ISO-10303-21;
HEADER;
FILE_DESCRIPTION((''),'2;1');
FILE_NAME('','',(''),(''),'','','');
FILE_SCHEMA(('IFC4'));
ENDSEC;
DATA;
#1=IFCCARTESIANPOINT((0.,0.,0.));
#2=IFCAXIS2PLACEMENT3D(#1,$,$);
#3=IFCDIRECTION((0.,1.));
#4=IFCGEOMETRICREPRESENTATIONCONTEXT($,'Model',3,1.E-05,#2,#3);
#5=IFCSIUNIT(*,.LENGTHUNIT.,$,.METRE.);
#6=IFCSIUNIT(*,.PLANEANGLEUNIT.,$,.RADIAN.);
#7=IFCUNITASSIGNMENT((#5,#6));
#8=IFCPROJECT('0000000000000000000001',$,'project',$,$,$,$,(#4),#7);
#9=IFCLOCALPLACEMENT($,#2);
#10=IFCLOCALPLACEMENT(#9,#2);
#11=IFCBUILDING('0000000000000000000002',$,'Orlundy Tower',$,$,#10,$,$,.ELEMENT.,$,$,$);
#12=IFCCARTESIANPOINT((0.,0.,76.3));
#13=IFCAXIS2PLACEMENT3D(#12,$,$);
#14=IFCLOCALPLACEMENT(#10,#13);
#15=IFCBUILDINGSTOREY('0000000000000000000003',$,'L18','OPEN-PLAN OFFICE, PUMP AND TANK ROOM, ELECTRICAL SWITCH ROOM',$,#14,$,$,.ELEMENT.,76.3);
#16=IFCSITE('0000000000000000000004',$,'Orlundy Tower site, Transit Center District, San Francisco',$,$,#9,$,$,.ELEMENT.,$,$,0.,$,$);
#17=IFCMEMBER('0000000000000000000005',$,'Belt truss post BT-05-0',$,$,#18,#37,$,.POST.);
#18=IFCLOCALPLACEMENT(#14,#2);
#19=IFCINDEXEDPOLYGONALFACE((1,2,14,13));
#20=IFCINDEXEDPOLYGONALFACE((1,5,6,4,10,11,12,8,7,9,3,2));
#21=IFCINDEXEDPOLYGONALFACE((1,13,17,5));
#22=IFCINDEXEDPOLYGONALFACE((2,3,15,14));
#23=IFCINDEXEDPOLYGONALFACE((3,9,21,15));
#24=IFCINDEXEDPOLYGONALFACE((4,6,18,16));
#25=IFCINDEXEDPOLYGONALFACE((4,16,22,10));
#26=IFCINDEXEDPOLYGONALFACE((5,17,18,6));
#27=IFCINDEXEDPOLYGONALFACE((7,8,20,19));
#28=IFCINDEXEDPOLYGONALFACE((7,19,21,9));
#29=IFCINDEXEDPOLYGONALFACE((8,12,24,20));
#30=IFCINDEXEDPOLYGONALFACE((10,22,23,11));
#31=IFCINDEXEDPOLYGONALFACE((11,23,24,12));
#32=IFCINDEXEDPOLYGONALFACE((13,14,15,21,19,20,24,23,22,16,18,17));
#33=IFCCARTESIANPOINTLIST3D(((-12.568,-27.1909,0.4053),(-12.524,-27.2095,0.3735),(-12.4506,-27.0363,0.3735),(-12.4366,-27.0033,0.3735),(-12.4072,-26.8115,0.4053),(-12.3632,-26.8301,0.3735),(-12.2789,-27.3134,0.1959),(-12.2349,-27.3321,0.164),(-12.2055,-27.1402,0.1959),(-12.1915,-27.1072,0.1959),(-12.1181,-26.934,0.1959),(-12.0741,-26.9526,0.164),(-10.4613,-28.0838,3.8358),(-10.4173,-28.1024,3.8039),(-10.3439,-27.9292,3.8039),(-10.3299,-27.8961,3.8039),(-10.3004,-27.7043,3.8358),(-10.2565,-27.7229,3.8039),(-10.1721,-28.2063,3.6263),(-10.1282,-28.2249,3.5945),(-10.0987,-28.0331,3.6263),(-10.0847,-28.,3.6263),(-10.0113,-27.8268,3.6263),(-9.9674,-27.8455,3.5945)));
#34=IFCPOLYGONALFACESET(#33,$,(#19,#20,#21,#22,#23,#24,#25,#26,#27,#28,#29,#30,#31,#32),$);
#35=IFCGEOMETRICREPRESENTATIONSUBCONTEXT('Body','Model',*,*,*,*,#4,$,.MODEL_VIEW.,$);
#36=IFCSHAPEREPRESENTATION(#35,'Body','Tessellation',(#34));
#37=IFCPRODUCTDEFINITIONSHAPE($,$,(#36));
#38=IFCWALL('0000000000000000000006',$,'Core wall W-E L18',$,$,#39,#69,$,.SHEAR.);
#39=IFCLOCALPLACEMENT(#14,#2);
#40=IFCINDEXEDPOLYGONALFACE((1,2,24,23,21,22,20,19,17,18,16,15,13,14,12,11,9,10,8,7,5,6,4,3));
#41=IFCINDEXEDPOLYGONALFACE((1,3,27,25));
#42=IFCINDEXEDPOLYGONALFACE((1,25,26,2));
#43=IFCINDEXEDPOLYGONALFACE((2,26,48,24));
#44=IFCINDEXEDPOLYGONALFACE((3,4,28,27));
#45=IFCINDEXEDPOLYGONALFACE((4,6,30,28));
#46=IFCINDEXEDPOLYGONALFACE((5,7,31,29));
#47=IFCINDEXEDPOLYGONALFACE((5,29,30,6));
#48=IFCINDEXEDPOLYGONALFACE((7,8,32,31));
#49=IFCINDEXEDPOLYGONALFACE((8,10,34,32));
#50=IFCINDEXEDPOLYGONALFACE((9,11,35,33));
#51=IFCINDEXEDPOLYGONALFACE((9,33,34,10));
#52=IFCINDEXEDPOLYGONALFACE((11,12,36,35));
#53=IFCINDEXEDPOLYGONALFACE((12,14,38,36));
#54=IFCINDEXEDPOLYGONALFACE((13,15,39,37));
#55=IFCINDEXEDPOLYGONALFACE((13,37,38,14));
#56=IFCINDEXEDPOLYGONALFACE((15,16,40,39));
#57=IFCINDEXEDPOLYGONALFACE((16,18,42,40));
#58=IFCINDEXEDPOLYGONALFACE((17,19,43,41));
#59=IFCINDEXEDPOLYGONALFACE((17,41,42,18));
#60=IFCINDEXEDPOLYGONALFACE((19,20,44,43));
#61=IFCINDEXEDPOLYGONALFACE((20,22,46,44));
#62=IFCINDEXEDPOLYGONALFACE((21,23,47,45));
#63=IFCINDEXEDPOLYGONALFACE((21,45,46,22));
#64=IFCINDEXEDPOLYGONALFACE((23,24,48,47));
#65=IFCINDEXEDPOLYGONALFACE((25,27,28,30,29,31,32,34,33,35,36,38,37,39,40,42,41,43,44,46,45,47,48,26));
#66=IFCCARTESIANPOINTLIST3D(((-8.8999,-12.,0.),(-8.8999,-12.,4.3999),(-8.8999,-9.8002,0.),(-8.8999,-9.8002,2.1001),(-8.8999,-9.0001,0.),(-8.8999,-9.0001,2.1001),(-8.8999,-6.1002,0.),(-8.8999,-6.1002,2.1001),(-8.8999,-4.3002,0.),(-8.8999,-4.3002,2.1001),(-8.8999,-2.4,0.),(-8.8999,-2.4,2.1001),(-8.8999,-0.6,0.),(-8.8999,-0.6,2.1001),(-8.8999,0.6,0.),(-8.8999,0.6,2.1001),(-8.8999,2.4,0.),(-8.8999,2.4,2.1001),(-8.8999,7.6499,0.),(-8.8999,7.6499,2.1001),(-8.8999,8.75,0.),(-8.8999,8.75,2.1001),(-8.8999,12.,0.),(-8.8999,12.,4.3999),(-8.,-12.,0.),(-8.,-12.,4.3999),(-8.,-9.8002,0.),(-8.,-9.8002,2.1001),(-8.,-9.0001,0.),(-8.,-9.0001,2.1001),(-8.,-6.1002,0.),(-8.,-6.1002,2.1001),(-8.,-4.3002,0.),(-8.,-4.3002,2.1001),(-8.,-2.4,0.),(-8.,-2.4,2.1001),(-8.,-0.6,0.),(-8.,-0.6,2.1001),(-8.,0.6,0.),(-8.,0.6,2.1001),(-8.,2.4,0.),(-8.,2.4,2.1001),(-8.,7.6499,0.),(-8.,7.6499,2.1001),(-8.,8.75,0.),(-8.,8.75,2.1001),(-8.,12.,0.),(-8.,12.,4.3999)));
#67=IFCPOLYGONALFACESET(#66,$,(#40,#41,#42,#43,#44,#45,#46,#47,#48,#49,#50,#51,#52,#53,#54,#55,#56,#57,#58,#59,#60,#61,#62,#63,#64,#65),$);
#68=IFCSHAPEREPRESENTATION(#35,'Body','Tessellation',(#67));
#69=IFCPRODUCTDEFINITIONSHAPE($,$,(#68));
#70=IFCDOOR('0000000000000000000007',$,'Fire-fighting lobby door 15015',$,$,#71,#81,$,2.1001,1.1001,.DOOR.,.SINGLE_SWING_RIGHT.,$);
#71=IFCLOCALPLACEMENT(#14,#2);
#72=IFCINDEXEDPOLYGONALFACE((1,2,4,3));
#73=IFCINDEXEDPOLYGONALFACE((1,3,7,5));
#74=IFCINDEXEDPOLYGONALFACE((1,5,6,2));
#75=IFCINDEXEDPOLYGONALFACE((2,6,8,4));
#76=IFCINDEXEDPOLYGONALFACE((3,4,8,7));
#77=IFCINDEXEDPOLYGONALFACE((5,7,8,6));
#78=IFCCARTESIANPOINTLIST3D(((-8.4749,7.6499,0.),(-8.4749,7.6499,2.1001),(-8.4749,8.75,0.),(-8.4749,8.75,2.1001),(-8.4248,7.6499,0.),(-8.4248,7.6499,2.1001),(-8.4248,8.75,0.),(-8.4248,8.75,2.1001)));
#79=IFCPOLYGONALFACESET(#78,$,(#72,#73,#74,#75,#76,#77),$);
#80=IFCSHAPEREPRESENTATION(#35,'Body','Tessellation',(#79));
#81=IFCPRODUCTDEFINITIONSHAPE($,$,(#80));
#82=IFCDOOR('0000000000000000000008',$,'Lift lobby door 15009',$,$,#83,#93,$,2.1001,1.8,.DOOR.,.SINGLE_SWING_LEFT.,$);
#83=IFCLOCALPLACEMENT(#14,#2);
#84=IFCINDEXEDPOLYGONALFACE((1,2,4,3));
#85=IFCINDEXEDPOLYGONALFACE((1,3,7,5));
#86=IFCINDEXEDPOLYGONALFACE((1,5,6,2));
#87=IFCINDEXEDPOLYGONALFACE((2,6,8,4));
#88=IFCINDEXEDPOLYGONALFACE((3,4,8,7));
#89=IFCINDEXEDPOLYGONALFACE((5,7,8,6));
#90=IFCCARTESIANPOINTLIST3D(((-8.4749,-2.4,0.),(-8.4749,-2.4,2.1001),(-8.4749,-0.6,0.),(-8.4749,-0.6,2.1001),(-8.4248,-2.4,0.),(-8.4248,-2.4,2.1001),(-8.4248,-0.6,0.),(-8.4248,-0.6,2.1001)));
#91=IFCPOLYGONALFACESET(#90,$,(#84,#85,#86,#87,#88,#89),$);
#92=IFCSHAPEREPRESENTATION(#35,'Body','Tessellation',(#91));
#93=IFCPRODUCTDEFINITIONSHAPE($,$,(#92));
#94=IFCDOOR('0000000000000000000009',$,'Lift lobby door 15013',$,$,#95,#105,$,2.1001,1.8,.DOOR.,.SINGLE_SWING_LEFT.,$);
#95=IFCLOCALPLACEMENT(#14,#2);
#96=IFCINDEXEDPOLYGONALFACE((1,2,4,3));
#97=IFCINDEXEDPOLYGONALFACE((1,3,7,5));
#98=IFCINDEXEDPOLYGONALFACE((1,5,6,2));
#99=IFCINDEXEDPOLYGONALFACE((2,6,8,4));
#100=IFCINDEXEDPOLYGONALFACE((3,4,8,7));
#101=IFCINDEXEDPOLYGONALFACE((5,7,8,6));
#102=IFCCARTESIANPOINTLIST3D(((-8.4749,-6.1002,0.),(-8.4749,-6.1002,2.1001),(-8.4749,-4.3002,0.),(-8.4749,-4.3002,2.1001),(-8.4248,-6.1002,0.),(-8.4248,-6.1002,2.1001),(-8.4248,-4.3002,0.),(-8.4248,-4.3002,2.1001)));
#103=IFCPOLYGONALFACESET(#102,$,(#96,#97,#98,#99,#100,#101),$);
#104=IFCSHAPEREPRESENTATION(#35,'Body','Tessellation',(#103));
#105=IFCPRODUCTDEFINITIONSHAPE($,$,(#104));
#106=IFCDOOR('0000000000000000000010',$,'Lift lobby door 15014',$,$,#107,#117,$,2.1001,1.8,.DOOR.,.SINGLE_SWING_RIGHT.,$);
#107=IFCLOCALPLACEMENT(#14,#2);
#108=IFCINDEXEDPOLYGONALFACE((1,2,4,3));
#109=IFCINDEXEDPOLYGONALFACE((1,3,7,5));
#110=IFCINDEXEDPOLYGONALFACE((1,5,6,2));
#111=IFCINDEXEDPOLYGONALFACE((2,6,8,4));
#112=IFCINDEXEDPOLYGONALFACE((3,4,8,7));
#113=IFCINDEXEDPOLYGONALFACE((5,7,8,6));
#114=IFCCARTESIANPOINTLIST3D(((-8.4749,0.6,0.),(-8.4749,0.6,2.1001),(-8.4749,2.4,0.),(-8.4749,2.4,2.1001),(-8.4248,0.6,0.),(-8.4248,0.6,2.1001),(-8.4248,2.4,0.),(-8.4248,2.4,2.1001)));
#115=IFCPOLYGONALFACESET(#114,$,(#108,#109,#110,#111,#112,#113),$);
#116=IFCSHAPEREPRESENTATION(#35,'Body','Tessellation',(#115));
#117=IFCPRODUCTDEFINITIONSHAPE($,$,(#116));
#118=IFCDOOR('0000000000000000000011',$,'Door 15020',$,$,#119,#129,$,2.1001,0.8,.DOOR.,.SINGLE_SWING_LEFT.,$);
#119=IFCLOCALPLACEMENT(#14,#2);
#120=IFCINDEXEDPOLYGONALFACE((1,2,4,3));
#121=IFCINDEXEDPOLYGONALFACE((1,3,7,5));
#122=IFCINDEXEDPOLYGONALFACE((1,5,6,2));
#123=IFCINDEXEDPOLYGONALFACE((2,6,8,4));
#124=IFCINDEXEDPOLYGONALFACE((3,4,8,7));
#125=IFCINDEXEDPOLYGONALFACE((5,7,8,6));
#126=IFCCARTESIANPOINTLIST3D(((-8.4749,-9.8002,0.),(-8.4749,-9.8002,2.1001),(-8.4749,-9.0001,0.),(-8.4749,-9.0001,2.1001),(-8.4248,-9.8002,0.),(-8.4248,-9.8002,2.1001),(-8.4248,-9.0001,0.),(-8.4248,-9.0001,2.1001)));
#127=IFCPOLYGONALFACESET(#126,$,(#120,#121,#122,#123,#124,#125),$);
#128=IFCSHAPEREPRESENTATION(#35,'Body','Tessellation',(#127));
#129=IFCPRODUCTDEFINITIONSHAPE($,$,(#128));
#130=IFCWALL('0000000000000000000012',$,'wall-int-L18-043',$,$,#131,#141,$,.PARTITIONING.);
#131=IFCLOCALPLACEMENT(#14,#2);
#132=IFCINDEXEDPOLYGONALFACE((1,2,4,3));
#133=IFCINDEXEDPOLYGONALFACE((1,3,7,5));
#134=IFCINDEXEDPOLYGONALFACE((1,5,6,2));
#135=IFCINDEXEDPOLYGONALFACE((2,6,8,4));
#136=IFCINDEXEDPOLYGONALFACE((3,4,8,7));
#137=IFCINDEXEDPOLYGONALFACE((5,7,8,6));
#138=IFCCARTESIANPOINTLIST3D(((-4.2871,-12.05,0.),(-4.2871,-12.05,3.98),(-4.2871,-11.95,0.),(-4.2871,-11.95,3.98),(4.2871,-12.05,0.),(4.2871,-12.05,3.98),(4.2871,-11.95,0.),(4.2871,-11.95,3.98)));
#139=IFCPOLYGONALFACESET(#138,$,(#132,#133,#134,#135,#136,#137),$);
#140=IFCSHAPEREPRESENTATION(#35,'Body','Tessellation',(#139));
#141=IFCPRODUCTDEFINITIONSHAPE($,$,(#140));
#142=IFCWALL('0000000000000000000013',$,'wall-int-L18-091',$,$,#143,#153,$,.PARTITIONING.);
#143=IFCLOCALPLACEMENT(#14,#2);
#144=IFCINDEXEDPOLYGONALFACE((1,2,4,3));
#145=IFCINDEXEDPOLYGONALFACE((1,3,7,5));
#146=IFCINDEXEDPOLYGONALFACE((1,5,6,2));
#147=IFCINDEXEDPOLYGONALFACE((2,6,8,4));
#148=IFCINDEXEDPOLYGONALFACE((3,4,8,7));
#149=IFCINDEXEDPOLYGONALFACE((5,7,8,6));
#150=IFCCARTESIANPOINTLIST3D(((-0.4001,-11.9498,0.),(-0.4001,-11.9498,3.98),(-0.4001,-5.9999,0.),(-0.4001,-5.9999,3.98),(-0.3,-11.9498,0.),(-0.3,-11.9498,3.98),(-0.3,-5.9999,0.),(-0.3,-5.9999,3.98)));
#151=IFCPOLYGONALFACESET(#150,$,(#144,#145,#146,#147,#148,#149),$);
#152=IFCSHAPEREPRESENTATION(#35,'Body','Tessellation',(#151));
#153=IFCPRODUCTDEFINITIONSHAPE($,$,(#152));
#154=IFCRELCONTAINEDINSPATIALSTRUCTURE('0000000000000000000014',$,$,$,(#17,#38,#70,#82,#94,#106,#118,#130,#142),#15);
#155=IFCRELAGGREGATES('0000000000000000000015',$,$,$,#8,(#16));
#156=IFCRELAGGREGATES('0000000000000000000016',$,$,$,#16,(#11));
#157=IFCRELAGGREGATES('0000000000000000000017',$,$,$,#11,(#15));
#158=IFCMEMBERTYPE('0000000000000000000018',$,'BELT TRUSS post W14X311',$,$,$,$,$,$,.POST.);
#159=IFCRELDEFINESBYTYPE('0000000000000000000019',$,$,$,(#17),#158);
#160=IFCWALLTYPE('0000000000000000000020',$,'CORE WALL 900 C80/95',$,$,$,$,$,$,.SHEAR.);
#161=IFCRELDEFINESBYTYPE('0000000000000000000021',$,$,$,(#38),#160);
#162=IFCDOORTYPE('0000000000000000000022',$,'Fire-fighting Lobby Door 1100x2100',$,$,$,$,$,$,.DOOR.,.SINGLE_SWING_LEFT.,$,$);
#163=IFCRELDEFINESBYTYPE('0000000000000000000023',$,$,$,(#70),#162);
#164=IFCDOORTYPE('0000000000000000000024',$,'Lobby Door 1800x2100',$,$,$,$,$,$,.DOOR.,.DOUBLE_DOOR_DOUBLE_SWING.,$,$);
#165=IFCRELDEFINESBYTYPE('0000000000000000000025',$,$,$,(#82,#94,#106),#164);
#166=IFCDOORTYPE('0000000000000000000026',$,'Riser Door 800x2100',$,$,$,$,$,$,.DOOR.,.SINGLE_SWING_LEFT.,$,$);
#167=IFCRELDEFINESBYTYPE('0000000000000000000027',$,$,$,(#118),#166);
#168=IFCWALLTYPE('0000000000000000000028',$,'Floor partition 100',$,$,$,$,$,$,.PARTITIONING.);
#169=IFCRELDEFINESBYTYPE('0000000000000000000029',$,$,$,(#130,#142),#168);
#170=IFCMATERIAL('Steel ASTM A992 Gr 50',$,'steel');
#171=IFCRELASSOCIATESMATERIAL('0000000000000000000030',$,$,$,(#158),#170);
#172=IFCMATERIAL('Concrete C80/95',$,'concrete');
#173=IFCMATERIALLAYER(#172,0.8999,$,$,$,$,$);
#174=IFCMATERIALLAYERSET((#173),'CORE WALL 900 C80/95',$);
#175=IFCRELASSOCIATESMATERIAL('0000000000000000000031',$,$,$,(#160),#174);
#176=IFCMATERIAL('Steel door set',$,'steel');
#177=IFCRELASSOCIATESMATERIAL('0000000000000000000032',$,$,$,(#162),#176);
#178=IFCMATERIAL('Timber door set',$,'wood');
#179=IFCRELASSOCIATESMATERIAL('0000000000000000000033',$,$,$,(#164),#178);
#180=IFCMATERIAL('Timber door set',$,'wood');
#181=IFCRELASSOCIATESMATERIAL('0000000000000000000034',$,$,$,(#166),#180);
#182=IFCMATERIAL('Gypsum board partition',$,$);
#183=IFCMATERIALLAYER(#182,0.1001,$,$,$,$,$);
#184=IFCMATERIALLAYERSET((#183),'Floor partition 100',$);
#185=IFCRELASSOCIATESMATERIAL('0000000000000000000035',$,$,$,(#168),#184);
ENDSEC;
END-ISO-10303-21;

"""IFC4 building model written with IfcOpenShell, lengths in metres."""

from ifc_helpers import new_model, si_unit, direction, frame, frame_2d, origin, origin_2d, place, context, subcontext, project, spatial, rectangle, i_section, extrude, material, layer, layer_set, material_profile, profile_set, type_object, element, fill, save


model = new_model("IFC4")

# Units and contexts
model_context = context("Model", 3, precision=1e-05, world=origin(), true_north=direction((0.0, 1.0)))
body_context = subcontext(model_context, "Body", "Model", "MODEL_VIEW")
ifc_project = project(units=[si_unit("LENGTHUNIT", "METRE"), si_unit("PLANEANGLEUNIT", "RADIAN")], contexts=[model_context])

# Site, building, storey
site_placement = place(None, origin())
site = spatial("IfcSite", under=ifc_project, at=site_placement, Name="Orlundy Tower site, Transit Center District, San Francisco", CompositionType="ELEMENT", RefElevation=0.0)
building_placement = place(site_placement, origin())
building = spatial("IfcBuilding", under=site, at=building_placement, Name="Orlundy Tower", CompositionType="ELEMENT")
storey_placement = place(building_placement, frame((0.0, 0.0, 76.3)))
storey = spatial("IfcBuildingStorey", under=building, at=storey_placement, Name="L18", Description="OPEN-PLAN OFFICE, PUMP AND TANK ROOM, ELECTRICAL SWITCH ROOM", CompositionType="ELEMENT", Elevation=76.3)

# Member
ifc_material_1 = material(Name="Steel ASTM A992 Gr 50", Category="steel")
ifc_material_profile_1 = material_profile(ifc_material_1, i_section(OverallWidth=0.4121, OverallDepth=0.4348, WebThickness=0.0359, FlangeThickness=0.0574, at=origin_2d()), Name="W14X311")
ifc_profile_set_1 = profile_set([ifc_material_profile_1], Name="Steel ASTM A992 Gr 50")
member_type_1 = type_object("IfcMemberType", Name="BELT TRUSS post W14X311", PredefinedType="POST", material=ifc_profile_set_1)
member_1_placement = place(storey_placement, frame((-12.321, -27.0718, 0.2847), z_axis=(0.510901, -0.216522, 0.831924), x_axis=(0.390207, 0.920727, 0.0)))
element("IfcMember", 1, at=member_1_placement, inside=storey, type_object=member_type_1, Name="Belt truss post BT-05-0", PredefinedType="POST", context=body_context, shape_type="SweptSolid", body=[
    extrude(i_section(OverallWidth=0.4121, OverallDepth=0.4348, WebThickness=0.0359, FlangeThickness=0.0574, at=origin_2d()), origin(), (0.0, 0.0, 1.0), 4.1235),
])

# Wall, openings, doors
ifc_material_2 = material(Name="Concrete C80/95", Category="concrete")
ifc_layer_1 = layer(ifc_material_2, 0.8999)
ifc_layer_set_1 = layer_set([ifc_layer_1], Name="CORE WALL 900 C80/95")
wall_type_1 = type_object("IfcWallType", Name="CORE WALL 900 C80/95", PredefinedType="SHEAR", material=ifc_layer_set_1)
wall_1_placement = place(storey_placement, frame((-8.45, -12.0, 0.0), z_axis=(0.0, 0.0, 1.0), x_axis=(0.0, 1.0, 0.0)))
wall_1 = element("IfcWall", 2, at=wall_1_placement, inside=storey, type_object=wall_type_1, Name="Core wall W-E L18", PredefinedType="SHEAR", context=body_context, shape_type="SweptSolid", body=[
    extrude(rectangle(XDim=24.0, YDim=0.8999, at=frame_2d((12.0, 0.0))), origin(), (0.0, 0.0, 1.0), 4.3999),
])
opening_1_placement = place(wall_1_placement, frame((9.6001, 0.0, 0.0)))
opening_1 = element("IfcOpeningElement", 3, at=opening_1_placement, cuts=wall_1, PredefinedType="OPENING", context=body_context, shape_type="SweptSolid", body=[
    extrude(rectangle(XDim=1.8, YDim=2.1001, at=frame_2d((0.8999, 1.05))), frame((0.0, 0.46, 0.0), z_axis=(0.0, -1.0, 0.0), x_axis=(1.0, 0.0, 0.0)), (0.0, 0.0, 1.0), 0.9199),
])
opening_2_placement = place(wall_1_placement, frame((5.8999, 0.0, 0.0)))
opening_2 = element("IfcOpeningElement", 4, at=opening_2_placement, cuts=wall_1, PredefinedType="OPENING", context=body_context, shape_type="SweptSolid", body=[
    extrude(rectangle(XDim=1.8, YDim=2.1001, at=frame_2d((0.8999, 1.05))), frame((0.0, 0.46, 0.0), z_axis=(0.0, -1.0, 0.0), x_axis=(1.0, 0.0, 0.0)), (0.0, 0.0, 1.0), 0.9199),
])
opening_3_placement = place(wall_1_placement, frame((12.6001, 0.0, 0.0)))
opening_3 = element("IfcOpeningElement", 5, at=opening_3_placement, cuts=wall_1, PredefinedType="OPENING", context=body_context, shape_type="SweptSolid", body=[
    extrude(rectangle(XDim=1.8, YDim=2.1001, at=frame_2d((0.8999, 1.05))), frame((0.0, 0.46, 0.0), z_axis=(0.0, -1.0, 0.0), x_axis=(1.0, 0.0, 0.0)), (0.0, 0.0, 1.0), 0.9199),
])
opening_4_placement = place(wall_1_placement, frame((19.6499, 0.0, 0.0)))
opening_4 = element("IfcOpeningElement", 6, at=opening_4_placement, cuts=wall_1, PredefinedType="OPENING", context=body_context, shape_type="SweptSolid", body=[
    extrude(rectangle(XDim=1.1001, YDim=2.1001, at=frame_2d((0.55, 1.05))), frame((0.0, 0.46, 0.0), z_axis=(0.0, -1.0, 0.0), x_axis=(1.0, 0.0, 0.0)), (0.0, 0.0, 1.0), 0.9199),
])
opening_5_placement = place(wall_1_placement, frame((2.2, 0.0, 0.0)))
opening_5 = element("IfcOpeningElement", 7, at=opening_5_placement, cuts=wall_1, PredefinedType="OPENING", context=body_context, shape_type="SweptSolid", body=[
    extrude(rectangle(XDim=0.8, YDim=2.1001, at=frame_2d((0.3999, 1.05))), frame((0.0, 0.46, 0.0), z_axis=(0.0, -1.0, 0.0), x_axis=(1.0, 0.0, 0.0)), (0.0, 0.0, 1.0), 0.9199),
])
ifc_material_3 = material(Name="Steel door set", Category="steel")
door_type_1 = type_object("IfcDoorType", Name="Fire-fighting Lobby Door 1100x2100", OperationType="SINGLE_SWING_LEFT", PredefinedType="DOOR", material=ifc_material_3)
door_1_placement = place(opening_4_placement, origin())
door_1 = element("IfcDoor", 8, at=door_1_placement, inside=storey, type_object=door_type_1, Name="Fire-fighting lobby door 15015", OperationType="SINGLE_SWING_RIGHT", OverallHeight=2.1001, OverallWidth=1.1001, PredefinedType="DOOR", context=body_context, shape_type="SweptSolid", body=[
    extrude(rectangle(XDim=1.1001, YDim=2.1001, at=frame_2d((0.55, 1.05))), frame((0.0, 0.0249, 0.0), z_axis=(0.0, -1.0, 0.0), x_axis=(1.0, 0.0, 0.0)), (0.0, 0.0, 1.0), 0.05),
])
fill(opening_4, door_1)
ifc_material_4 = material(Name="Timber door set", Category="wood")
door_type_2 = type_object("IfcDoorType", Name="Lobby Door 1800x2100", OperationType="DOUBLE_DOOR_DOUBLE_SWING", PredefinedType="DOOR", material=ifc_material_4)
door_2_placement = place(opening_1_placement, origin())
door_2 = element("IfcDoor", 9, at=door_2_placement, inside=storey, type_object=door_type_2, Name="Lift lobby door 15009", OperationType="SINGLE_SWING_LEFT", OverallHeight=2.1001, OverallWidth=1.8, PredefinedType="DOOR", context=body_context, shape_type="SweptSolid", body=[
    extrude(rectangle(XDim=1.8, YDim=2.1001, at=frame_2d((0.8999, 1.05))), frame((0.0, 0.0249, 0.0), z_axis=(0.0, -1.0, 0.0), x_axis=(1.0, 0.0, 0.0)), (0.0, 0.0, 1.0), 0.05),
])
fill(opening_1, door_2)
door_3_placement = place(opening_2_placement, origin())
door_3 = element("IfcDoor", 10, at=door_3_placement, inside=storey, type_object=door_type_2, Name="Lift lobby door 15013", OperationType="SINGLE_SWING_LEFT", OverallHeight=2.1001, OverallWidth=1.8, PredefinedType="DOOR", context=body_context, shape_type="SweptSolid", body=[
    extrude(rectangle(XDim=1.8, YDim=2.1001, at=frame_2d((0.8999, 1.05))), frame((0.0, 0.0249, 0.0), z_axis=(0.0, -1.0, 0.0), x_axis=(1.0, 0.0, 0.0)), (0.0, 0.0, 1.0), 0.05),
])
fill(opening_2, door_3)
door_4_placement = place(opening_3_placement, origin())
door_4 = element("IfcDoor", 11, at=door_4_placement, inside=storey, type_object=door_type_2, Name="Lift lobby door 15014", OperationType="SINGLE_SWING_RIGHT", OverallHeight=2.1001, OverallWidth=1.8, PredefinedType="DOOR", context=body_context, shape_type="SweptSolid", body=[
    extrude(rectangle(XDim=1.8, YDim=2.1001, at=frame_2d((0.8999, 1.05))), frame((0.0, 0.0249, 0.0), z_axis=(0.0, -1.0, 0.0), x_axis=(1.0, 0.0, 0.0)), (0.0, 0.0, 1.0), 0.05),
])
fill(opening_3, door_4)
ifc_material_5 = material(Name="Timber door set", Category="wood")
door_type_3 = type_object("IfcDoorType", Name="Riser Door 800x2100", OperationType="SINGLE_SWING_LEFT", PredefinedType="DOOR", material=ifc_material_5)
door_5_placement = place(opening_5_placement, origin())
door_5 = element("IfcDoor", 12, at=door_5_placement, inside=storey, type_object=door_type_3, Name="Door 15020", OperationType="SINGLE_SWING_LEFT", OverallHeight=2.1001, OverallWidth=0.8, PredefinedType="DOOR", context=body_context, shape_type="SweptSolid", body=[
    extrude(rectangle(XDim=0.8, YDim=2.1001, at=frame_2d((0.3999, 1.05))), frame((0.0, 0.0249, 0.0), z_axis=(0.0, -1.0, 0.0), x_axis=(1.0, 0.0, 0.0)), (0.0, 0.0, 1.0), 0.05),
])
fill(opening_5, door_5)

# Walls
ifc_material_6 = material(Name="Gypsum board partition")
ifc_layer_2 = layer(ifc_material_6, 0.1001)
ifc_layer_set_2 = layer_set([ifc_layer_2], Name="Floor partition 100")
wall_type_2 = type_object("IfcWallType", Name="Floor partition 100", PredefinedType="PARTITIONING", material=ifc_layer_set_2)
wall_2_placement = place(storey_placement, frame((-4.2871, -12.0, 0.0), z_axis=(0.0, 0.0, 1.0), x_axis=(1.0, 0.0, 0.0)))
element("IfcWall", 13, at=wall_2_placement, inside=storey, type_object=wall_type_2, Name="wall-int-L18-043", PredefinedType="PARTITIONING", context=body_context, shape_type="SweptSolid", body=[
    extrude(rectangle(XDim=8.5742, YDim=0.1001, at=frame_2d((4.2871, 0.0))), origin(), (0.0, 0.0, 1.0), 3.98),
])
wall_3_placement = place(storey_placement, frame((-0.3501, -11.95, 0.0), z_axis=(0.0, 0.0, 1.0), x_axis=(0.0, 1.0, 0.0)))
element("IfcWall", 14, at=wall_3_placement, inside=storey, type_object=wall_type_2, Name="wall-int-L18-091", PredefinedType="PARTITIONING", context=body_context, shape_type="SweptSolid", body=[
    extrude(rectangle(XDim=5.95, YDim=0.1001, at=frame_2d((2.9751, 0.0))), origin(), (0.0, 0.0, 1.0), 3.98),
])

save(model, "model.ifc")
